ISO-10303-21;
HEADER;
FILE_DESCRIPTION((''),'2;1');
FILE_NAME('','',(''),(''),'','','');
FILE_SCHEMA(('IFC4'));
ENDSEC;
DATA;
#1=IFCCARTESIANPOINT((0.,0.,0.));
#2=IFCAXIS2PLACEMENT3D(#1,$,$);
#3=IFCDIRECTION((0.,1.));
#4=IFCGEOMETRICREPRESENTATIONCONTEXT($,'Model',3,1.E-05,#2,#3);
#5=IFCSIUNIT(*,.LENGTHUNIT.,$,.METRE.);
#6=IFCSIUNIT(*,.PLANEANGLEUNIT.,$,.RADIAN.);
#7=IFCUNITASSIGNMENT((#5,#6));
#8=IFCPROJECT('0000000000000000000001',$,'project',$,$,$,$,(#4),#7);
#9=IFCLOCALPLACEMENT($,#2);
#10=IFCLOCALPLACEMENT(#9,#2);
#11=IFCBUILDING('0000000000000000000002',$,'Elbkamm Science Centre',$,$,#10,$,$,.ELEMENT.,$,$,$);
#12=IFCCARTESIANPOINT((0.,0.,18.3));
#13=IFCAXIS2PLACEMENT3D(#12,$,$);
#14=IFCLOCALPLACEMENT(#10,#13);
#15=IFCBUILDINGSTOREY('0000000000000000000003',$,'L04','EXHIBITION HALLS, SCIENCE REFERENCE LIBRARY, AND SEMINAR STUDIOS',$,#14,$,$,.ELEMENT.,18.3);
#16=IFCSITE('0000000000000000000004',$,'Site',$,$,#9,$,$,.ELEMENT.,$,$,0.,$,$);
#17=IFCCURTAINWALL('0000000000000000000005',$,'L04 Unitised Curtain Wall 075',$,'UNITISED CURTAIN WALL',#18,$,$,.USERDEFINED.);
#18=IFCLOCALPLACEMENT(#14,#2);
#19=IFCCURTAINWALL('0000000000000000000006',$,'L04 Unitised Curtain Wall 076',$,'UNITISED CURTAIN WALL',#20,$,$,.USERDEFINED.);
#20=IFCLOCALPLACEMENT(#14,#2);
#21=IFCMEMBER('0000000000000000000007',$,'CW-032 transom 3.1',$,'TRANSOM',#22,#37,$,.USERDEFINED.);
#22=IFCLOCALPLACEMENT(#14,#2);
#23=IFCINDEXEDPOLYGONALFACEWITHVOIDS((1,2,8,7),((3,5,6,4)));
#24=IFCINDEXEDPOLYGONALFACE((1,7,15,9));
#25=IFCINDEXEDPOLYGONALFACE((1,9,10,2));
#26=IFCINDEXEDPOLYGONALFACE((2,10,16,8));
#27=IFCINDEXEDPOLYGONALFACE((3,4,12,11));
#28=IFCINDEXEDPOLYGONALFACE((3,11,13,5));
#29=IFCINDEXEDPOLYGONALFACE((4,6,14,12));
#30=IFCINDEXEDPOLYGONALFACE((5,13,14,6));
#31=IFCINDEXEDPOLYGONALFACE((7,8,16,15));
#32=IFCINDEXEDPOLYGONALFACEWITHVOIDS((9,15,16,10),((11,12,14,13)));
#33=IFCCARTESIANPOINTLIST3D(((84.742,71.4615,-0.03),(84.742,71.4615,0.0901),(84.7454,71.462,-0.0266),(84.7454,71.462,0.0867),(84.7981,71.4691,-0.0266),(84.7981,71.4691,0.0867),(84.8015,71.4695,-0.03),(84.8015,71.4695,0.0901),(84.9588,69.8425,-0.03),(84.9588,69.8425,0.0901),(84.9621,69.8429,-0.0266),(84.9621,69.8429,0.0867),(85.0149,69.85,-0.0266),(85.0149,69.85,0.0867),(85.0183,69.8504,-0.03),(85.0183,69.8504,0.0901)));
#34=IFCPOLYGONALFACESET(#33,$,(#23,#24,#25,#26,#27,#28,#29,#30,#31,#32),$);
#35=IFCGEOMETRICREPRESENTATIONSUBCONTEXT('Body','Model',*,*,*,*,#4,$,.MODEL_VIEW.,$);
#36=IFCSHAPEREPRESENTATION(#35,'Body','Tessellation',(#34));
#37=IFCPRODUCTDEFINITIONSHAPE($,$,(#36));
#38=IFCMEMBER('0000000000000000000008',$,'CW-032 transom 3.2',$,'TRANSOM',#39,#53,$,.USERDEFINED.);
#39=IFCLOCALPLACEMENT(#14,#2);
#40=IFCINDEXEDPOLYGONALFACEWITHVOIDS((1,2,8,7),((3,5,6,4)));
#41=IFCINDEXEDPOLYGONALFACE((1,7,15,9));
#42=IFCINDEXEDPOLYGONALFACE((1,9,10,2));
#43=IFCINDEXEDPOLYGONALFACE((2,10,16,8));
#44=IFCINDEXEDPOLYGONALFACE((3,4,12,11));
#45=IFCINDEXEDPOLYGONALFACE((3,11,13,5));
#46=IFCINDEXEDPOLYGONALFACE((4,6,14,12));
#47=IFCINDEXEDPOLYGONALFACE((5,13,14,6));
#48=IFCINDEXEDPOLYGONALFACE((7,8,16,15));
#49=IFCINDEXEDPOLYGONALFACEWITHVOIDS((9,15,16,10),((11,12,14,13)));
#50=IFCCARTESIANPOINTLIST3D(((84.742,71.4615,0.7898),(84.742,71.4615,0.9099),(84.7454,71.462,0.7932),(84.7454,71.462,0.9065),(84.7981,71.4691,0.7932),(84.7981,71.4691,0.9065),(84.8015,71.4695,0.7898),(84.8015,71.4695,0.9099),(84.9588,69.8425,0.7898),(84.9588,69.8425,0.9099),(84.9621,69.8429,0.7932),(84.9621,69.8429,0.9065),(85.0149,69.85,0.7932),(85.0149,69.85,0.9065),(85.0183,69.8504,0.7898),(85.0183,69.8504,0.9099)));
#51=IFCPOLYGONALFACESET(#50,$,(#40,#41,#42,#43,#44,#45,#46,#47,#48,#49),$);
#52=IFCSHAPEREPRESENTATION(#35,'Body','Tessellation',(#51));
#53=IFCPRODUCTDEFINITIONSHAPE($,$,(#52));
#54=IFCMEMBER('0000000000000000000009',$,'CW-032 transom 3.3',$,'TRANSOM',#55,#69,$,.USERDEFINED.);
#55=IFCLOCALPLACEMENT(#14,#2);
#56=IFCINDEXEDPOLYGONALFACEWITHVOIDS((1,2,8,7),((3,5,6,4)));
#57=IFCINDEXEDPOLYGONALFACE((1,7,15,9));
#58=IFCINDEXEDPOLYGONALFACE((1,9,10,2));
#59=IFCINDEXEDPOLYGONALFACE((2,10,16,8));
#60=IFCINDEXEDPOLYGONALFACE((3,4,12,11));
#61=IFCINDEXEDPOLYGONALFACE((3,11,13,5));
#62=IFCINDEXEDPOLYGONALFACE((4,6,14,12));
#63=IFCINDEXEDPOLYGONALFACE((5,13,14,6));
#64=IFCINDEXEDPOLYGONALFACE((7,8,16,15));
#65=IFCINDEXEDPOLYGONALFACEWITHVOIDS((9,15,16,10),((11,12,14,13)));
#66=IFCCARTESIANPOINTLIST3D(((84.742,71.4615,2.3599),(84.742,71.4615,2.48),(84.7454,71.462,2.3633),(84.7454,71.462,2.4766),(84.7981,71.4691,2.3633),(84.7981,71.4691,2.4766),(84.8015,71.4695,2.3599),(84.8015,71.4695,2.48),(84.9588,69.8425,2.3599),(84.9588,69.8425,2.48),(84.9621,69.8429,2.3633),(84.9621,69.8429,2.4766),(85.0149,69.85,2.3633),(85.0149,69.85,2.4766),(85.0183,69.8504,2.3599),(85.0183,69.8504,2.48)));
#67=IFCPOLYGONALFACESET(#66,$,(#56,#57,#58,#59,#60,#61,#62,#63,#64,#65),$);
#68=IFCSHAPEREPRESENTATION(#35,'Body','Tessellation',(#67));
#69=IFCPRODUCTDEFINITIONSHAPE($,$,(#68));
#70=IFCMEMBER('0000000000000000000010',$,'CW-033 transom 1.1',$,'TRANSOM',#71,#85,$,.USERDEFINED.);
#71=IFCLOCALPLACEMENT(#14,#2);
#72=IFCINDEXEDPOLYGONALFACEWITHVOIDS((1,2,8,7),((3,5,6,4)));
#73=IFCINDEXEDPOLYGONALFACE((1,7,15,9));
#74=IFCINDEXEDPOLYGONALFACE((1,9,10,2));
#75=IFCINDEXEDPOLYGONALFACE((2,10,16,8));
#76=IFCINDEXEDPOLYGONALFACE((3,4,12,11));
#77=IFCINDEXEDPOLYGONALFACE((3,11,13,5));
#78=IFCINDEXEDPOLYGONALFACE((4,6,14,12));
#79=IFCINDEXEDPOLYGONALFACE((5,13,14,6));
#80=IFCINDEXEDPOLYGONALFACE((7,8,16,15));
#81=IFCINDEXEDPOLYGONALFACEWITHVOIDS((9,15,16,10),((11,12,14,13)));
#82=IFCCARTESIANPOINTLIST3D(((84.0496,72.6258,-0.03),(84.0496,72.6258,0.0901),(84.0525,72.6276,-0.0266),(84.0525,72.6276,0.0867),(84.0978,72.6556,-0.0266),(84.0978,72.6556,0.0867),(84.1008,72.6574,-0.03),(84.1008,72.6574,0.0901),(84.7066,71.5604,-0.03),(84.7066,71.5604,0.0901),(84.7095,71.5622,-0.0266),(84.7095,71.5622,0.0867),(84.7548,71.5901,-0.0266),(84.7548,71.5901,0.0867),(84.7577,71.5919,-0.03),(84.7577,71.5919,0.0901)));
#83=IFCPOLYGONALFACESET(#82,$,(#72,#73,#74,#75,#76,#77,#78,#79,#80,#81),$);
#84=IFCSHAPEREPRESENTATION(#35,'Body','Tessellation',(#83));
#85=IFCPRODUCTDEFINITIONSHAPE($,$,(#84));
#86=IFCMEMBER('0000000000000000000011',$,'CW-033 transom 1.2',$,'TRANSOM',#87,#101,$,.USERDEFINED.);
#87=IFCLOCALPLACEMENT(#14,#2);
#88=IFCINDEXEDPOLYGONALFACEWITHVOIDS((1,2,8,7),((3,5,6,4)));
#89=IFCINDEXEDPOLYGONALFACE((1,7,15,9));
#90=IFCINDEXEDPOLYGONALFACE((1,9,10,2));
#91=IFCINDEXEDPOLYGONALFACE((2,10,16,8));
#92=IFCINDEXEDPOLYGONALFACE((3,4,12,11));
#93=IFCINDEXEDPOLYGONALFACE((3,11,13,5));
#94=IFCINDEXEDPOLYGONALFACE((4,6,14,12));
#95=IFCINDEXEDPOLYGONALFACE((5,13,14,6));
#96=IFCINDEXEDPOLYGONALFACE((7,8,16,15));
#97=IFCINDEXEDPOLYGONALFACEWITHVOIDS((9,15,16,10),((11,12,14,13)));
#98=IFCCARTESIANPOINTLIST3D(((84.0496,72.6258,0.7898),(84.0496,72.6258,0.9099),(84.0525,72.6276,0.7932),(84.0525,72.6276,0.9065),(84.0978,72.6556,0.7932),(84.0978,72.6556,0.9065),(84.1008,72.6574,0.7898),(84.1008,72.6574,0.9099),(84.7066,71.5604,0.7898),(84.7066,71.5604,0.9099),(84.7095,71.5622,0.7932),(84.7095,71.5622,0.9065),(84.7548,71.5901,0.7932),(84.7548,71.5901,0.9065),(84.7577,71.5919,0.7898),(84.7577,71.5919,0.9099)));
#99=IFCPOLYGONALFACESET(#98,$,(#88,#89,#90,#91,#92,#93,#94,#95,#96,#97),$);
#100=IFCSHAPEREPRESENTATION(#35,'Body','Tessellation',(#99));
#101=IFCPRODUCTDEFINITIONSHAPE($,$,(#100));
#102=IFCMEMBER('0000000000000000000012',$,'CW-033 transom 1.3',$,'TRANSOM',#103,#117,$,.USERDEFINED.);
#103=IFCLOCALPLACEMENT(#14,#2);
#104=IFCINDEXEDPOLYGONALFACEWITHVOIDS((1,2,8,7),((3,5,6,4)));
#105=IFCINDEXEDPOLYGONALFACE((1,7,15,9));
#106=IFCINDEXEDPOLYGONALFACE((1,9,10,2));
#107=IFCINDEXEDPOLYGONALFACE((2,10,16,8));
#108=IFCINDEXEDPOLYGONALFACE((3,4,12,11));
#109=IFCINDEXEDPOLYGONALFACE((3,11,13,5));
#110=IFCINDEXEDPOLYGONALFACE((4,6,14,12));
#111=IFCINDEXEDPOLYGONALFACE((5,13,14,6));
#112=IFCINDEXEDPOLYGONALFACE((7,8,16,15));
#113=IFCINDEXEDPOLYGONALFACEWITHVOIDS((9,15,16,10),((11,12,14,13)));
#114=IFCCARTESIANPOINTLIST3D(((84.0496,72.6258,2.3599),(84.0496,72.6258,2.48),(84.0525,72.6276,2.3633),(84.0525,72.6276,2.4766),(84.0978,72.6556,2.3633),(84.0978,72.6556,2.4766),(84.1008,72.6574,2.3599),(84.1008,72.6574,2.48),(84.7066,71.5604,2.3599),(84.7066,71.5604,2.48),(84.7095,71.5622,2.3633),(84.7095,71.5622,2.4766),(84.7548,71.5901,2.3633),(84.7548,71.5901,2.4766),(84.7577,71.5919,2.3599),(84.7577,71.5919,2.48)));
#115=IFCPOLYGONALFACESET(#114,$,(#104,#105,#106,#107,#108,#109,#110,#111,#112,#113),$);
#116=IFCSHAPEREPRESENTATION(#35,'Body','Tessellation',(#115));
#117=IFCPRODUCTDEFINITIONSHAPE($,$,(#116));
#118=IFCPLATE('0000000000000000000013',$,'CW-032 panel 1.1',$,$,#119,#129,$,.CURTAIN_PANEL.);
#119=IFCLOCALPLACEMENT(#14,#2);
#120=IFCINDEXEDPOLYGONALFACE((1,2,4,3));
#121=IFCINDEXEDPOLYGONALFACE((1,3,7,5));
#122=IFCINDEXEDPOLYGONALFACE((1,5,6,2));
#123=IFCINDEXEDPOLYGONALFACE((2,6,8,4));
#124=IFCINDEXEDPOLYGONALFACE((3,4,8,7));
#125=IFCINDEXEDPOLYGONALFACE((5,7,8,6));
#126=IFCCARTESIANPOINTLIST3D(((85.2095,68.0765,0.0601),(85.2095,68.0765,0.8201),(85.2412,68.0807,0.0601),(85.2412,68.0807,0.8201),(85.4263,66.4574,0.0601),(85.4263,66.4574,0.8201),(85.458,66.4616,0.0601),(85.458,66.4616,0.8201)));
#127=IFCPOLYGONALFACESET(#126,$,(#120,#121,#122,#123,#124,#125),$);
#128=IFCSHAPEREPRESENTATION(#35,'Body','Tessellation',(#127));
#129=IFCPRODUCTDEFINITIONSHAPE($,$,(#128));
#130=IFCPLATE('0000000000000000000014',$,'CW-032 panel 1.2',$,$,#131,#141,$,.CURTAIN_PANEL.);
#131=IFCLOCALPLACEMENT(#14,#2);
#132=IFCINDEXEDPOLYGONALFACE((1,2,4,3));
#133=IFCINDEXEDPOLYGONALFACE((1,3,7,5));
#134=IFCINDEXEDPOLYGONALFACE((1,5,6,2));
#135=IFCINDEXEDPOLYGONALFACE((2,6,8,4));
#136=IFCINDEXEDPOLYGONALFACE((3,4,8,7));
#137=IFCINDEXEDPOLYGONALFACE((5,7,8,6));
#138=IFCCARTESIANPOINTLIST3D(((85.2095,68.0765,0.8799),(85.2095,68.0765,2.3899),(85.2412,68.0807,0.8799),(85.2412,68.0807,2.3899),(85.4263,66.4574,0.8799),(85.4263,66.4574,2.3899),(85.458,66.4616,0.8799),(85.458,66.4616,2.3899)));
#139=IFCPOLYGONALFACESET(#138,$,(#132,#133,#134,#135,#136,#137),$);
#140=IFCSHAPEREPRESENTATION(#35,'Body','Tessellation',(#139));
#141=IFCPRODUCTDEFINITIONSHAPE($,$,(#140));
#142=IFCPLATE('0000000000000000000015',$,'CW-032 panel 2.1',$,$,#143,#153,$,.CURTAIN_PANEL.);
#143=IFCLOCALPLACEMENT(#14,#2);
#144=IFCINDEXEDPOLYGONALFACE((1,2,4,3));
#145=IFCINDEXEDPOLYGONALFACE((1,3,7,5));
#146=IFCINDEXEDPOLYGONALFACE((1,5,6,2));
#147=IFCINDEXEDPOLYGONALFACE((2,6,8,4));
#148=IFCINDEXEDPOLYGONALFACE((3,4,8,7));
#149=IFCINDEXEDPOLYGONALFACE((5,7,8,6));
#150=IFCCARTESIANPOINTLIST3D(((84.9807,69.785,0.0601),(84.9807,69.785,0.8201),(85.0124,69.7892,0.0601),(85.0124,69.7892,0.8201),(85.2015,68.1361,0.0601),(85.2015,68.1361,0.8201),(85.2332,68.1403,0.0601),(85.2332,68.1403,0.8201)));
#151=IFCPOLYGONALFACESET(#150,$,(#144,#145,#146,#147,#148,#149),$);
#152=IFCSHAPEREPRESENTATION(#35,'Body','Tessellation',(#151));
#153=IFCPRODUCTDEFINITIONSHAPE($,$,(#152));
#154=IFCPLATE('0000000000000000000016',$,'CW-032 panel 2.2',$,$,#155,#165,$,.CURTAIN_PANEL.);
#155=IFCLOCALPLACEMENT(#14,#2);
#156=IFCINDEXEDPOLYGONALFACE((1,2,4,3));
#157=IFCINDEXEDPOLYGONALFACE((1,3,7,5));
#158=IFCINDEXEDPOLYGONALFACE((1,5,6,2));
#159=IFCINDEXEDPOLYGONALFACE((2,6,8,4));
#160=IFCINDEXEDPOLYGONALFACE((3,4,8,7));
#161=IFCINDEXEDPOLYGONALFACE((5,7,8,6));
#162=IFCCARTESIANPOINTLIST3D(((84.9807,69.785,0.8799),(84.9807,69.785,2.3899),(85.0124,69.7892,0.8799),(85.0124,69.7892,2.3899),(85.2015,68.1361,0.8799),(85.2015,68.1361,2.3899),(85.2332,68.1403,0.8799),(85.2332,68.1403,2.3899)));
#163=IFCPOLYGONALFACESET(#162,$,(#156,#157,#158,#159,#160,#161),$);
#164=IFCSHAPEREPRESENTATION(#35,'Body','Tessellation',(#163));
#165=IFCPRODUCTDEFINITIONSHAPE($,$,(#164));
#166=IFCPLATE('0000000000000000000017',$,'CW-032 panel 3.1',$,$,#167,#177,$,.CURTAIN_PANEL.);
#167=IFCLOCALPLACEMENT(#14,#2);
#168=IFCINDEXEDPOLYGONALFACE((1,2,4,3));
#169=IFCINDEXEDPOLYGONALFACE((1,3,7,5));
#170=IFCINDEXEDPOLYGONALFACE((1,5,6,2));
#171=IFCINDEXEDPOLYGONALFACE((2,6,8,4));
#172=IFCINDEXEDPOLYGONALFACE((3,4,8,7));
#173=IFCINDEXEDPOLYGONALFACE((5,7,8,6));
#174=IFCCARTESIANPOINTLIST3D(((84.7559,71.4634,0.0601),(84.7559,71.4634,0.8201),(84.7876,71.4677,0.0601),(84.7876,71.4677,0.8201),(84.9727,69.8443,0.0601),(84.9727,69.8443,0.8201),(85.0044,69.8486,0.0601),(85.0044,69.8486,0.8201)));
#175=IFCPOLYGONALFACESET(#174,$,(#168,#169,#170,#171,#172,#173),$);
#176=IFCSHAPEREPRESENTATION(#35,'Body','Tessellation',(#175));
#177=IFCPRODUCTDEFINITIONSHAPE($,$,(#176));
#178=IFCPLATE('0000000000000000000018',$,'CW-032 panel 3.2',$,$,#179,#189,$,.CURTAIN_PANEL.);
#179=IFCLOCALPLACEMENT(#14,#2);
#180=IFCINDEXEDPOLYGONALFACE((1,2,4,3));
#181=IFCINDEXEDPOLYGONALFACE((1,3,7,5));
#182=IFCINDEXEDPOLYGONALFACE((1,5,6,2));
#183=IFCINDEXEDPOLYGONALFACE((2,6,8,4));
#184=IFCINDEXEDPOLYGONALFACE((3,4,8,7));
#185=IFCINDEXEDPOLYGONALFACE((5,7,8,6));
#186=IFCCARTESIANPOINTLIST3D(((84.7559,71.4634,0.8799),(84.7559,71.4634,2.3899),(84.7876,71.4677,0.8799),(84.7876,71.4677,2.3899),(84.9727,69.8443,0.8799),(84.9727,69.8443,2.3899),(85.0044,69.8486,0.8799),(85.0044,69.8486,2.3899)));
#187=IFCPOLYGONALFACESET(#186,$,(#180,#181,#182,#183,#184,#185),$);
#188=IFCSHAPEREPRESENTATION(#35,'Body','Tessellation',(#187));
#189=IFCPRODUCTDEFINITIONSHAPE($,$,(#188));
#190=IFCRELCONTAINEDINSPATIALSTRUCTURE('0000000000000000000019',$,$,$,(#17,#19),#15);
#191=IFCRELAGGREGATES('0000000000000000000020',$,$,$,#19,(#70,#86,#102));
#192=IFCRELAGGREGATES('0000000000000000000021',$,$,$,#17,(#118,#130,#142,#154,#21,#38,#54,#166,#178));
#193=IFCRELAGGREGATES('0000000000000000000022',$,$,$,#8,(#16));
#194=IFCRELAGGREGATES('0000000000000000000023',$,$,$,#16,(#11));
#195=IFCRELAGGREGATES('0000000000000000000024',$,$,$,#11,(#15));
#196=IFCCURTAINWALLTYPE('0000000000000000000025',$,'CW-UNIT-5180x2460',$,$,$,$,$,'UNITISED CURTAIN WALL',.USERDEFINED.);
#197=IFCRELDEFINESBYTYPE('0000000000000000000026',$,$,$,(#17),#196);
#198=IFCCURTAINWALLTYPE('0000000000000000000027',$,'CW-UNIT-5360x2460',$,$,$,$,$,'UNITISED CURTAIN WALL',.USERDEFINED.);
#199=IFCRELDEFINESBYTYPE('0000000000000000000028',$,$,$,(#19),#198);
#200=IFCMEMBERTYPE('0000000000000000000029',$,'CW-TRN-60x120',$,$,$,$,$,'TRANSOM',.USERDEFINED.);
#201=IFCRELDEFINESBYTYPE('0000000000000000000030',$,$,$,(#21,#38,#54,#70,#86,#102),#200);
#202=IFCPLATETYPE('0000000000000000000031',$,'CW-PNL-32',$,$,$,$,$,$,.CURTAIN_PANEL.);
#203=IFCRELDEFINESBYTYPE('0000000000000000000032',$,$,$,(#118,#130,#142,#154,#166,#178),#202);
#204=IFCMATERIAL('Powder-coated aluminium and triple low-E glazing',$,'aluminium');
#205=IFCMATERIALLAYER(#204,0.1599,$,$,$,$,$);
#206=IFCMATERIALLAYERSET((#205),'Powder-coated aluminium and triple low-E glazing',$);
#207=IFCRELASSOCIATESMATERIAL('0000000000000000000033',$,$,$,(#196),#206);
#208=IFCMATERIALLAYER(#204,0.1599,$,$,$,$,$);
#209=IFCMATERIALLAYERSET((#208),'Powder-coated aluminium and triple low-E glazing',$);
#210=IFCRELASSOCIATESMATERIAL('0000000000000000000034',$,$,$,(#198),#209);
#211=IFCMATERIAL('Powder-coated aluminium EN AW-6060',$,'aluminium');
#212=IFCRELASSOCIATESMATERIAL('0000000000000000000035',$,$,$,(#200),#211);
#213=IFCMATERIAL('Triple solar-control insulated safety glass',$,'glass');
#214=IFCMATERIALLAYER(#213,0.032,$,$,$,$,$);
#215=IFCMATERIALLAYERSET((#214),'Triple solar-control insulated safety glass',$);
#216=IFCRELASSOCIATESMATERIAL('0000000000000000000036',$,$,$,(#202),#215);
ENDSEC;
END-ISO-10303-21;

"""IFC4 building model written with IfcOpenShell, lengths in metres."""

from ifc_helpers import new_model, si_unit, direction, frame, origin, origin_2d, place, context, subcontext, project, spatial, rectangle, hollow_rectangle, extrude, material, layer, layer_set, material_profile, profile_set, type_object, element, aggregate, save


model = new_model("IFC4")

# Units and contexts
model_context = context("Model", 3, precision=1e-05, world=origin(), true_north=direction((0.0, 1.0)))
body_context = subcontext(model_context, "Body", "Model", "MODEL_VIEW")
ifc_project = project(units=[si_unit("LENGTHUNIT", "METRE"), si_unit("PLANEANGLEUNIT", "RADIAN")], contexts=[model_context])

# Site, building, storey
site_placement = place(None, origin())
site = spatial("IfcSite", under=ifc_project, at=site_placement, Name="Site", CompositionType="ELEMENT", RefElevation=0.0)
building_placement = place(site_placement, origin())
building = spatial("IfcBuilding", under=site, at=building_placement, Name="Elbkamm Science Centre", CompositionType="ELEMENT")
storey_placement = place(building_placement, frame((0.0, 0.0, 18.3)))
storey = spatial("IfcBuildingStorey", under=building, at=storey_placement, Name="L04", Description="EXHIBITION HALLS, SCIENCE REFERENCE LIBRARY, AND SEMINAR STUDIOS", CompositionType="ELEMENT", Elevation=18.3)

# Curtain wall
ifc_material_1 = material(Name="Powder-coated aluminium and triple low-E glazing", Category="aluminium")
ifc_layer_1 = layer(ifc_material_1, 0.1599)
ifc_layer_set_1 = layer_set([ifc_layer_1], Name="Powder-coated aluminium and triple low-E glazing")
curtain_wall_type_1 = type_object("IfcCurtainWallType", Name="CW-UNIT-5180x2460", ElementType="UNITISED CURTAIN WALL", PredefinedType="USERDEFINED", material=ifc_layer_set_1)
curtain_wall_1_placement = place(storey_placement, origin())
curtain_wall_1 = element("IfcCurtainWall", 1, at=curtain_wall_1_placement, inside=storey, type_object=curtain_wall_type_1, Name="L04 Unitised Curtain Wall 075", ObjectType="UNITISED CURTAIN WALL", PredefinedType="USERDEFINED")
ifc_material_2 = material(Name="Powder-coated aluminium EN AW-6060", Category="aluminium")

# Curtain wall
ifc_layer_2 = layer(ifc_material_1, 0.1599)
ifc_layer_set_2 = layer_set([ifc_layer_2], Name="Powder-coated aluminium and triple low-E glazing")
curtain_wall_type_2 = type_object("IfcCurtainWallType", Name="CW-UNIT-5360x2460", ElementType="UNITISED CURTAIN WALL", PredefinedType="USERDEFINED", material=ifc_layer_set_2)
curtain_wall_2_placement = place(storey_placement, origin())
curtain_wall_2 = element("IfcCurtainWall", 2, at=curtain_wall_2_placement, inside=storey, type_object=curtain_wall_type_2, Name="L04 Unitised Curtain Wall 076", ObjectType="UNITISED CURTAIN WALL", PredefinedType="USERDEFINED")

# Members
ifc_material_profile_1 = material_profile(ifc_material_2, hollow_rectangle(XDim=0.0601, YDim=0.1201, WallThickness=0.0034, at=origin_2d()), Name="ALU T60x120")
ifc_profile_set_1 = profile_set([ifc_material_profile_1], Name="Powder-coated aluminium EN AW-6060")
member_type_1 = type_object("IfcMemberType", Name="CW-TRN-60x120", ElementType="TRANSOM", PredefinedType="USERDEFINED", material=ifc_profile_set_1)
member_1_placement = place(storey_placement, frame((84.9885, 69.8464, 0.03), z_axis=(-0.132712, 0.991155, 0.0), x_axis=(-0.991155, -0.132712, 0.0)))
member_1 = element("IfcMember", 3, at=member_1_placement, type_object=member_type_1, Name="CW-032 transom 3.1", ObjectType="TRANSOM", PredefinedType="USERDEFINED", context=body_context, shape_type="SweptSolid", body=[
    extrude(hollow_rectangle(XDim=0.0601, YDim=0.1201, WallThickness=0.0034, at=origin_2d()), origin(), (0.0, 0.0, 1.0), 1.6335),
])
member_2_placement = place(storey_placement, frame((84.9885, 69.8464, 0.8499), z_axis=(-0.132712, 0.991155, 0.0), x_axis=(-0.991155, -0.132712, 0.0)))
member_2 = element("IfcMember", 4, at=member_2_placement, type_object=member_type_1, Name="CW-032 transom 3.2", ObjectType="TRANSOM", PredefinedType="USERDEFINED", context=body_context, shape_type="SweptSolid", body=[
    extrude(hollow_rectangle(XDim=0.0601, YDim=0.1201, WallThickness=0.0034, at=origin_2d()), origin(), (0.0, 0.0, 1.0), 1.6335),
])
member_3_placement = place(storey_placement, frame((84.9885, 69.8464, 2.4199), z_axis=(-0.132712, 0.991155, 0.0), x_axis=(-0.991155, -0.132712, 0.0)))
member_3 = element("IfcMember", 5, at=member_3_placement, type_object=member_type_1, Name="CW-032 transom 3.3", ObjectType="TRANSOM", PredefinedType="USERDEFINED", context=body_context, shape_type="SweptSolid", body=[
    extrude(hollow_rectangle(XDim=0.0601, YDim=0.1201, WallThickness=0.0034, at=origin_2d()), origin(), (0.0, 0.0, 1.0), 1.6335),
])
member_4_placement = place(storey_placement, frame((84.7322, 71.5762, 0.03), z_axis=(-0.52487, 0.851182, 0.0), x_axis=(-0.851182, -0.52487, 0.0)))
member_4 = element("IfcMember", 6, at=member_4_placement, type_object=member_type_1, Name="CW-033 transom 1.1", ObjectType="TRANSOM", PredefinedType="USERDEFINED", context=body_context, shape_type="SweptSolid", body=[
    extrude(hollow_rectangle(XDim=0.0601, YDim=0.1201, WallThickness=0.0034, at=origin_2d()), origin(), (0.0, 0.0, 1.0), 1.2517),
])
member_5_placement = place(storey_placement, frame((84.7322, 71.5762, 0.8499), z_axis=(-0.52487, 0.851182, 0.0), x_axis=(-0.851182, -0.52487, 0.0)))
member_5 = element("IfcMember", 7, at=member_5_placement, type_object=member_type_1, Name="CW-033 transom 1.2", ObjectType="TRANSOM", PredefinedType="USERDEFINED", context=body_context, shape_type="SweptSolid", body=[
    extrude(hollow_rectangle(XDim=0.0601, YDim=0.1201, WallThickness=0.0034, at=origin_2d()), origin(), (0.0, 0.0, 1.0), 1.2517),
])
member_6_placement = place(storey_placement, frame((84.7322, 71.5762, 2.4199), z_axis=(-0.52487, 0.851182, 0.0), x_axis=(-0.851182, -0.52487, 0.0)))
member_6 = element("IfcMember", 8, at=member_6_placement, type_object=member_type_1, Name="CW-033 transom 1.3", ObjectType="TRANSOM", PredefinedType="USERDEFINED", context=body_context, shape_type="SweptSolid", body=[
    extrude(hollow_rectangle(XDim=0.0601, YDim=0.1201, WallThickness=0.0034, at=origin_2d()), origin(), (0.0, 0.0, 1.0), 1.2517),
])
aggregate(curtain_wall_2, [member_4, member_5, member_6])

# Plates
ifc_material_3 = material(Name="Triple solar-control insulated safety glass", Category="glass")
ifc_layer_3 = layer(ifc_material_3, 0.032)
ifc_layer_set_3 = layer_set([ifc_layer_3], Name="Triple solar-control insulated safety glass")
plate_type = type_object("IfcPlateType", Name="CW-PNL-32", PredefinedType="CURTAIN_PANEL", material=ifc_layer_set_3)
plate_1_placement = place(storey_placement, frame((85.3337, 67.269, 0.0601), z_axis=(0.0, 0.0, 1.0), x_axis=(-0.132725, 0.991153, 0.0)))
plate_1 = element("IfcPlate", 9, at=plate_1_placement, type_object=plate_type, Name="CW-032 panel 1.1", PredefinedType="CURTAIN_PANEL", context=body_context, shape_type="SweptSolid", body=[
    extrude(rectangle(XDim=1.6335, YDim=0.032, at=origin_2d()), origin(), (0.0, 0.0, 1.0), 0.76),
])
plate_2_placement = place(storey_placement, frame((85.3337, 67.269, 0.8799), z_axis=(0.0, 0.0, 1.0), x_axis=(-0.132725, 0.991153, 0.0)))
plate_2 = element("IfcPlate", 10, at=plate_2_placement, type_object=plate_type, Name="CW-032 panel 1.2", PredefinedType="CURTAIN_PANEL", context=body_context, shape_type="SweptSolid", body=[
    extrude(rectangle(XDim=1.6335, YDim=0.032, at=origin_2d()), origin(), (0.0, 0.0, 1.0), 1.51),
])
plate_3_placement = place(storey_placement, frame((85.1069, 68.9626, 0.0601), z_axis=(0.0, 0.0, 1.0), x_axis=(-0.132725, 0.991153, 0.0)))
plate_3 = element("IfcPlate", 11, at=plate_3_placement, type_object=plate_type, Name="CW-032 panel 2.1", PredefinedType="CURTAIN_PANEL", context=body_context, shape_type="SweptSolid", body=[
    extrude(rectangle(XDim=1.6636, YDim=0.032, at=origin_2d()), origin(), (0.0, 0.0, 1.0), 0.76),
])
plate_4_placement = place(storey_placement, frame((85.1069, 68.9626, 0.8799), z_axis=(0.0, 0.0, 1.0), x_axis=(-0.132725, 0.991153, 0.0)))
plate_4 = element("IfcPlate", 12, at=plate_4_placement, type_object=plate_type, Name="CW-032 panel 2.2", PredefinedType="CURTAIN_PANEL", context=body_context, shape_type="SweptSolid", body=[
    extrude(rectangle(XDim=1.6636, YDim=0.032, at=origin_2d()), origin(), (0.0, 0.0, 1.0), 1.51),
])
plate_5_placement = place(storey_placement, frame((84.8801, 70.656, 0.0601), z_axis=(0.0, 0.0, 1.0), x_axis=(-0.132725, 0.991153, 0.0)))
plate_5 = element("IfcPlate", 13, at=plate_5_placement, type_object=plate_type, Name="CW-032 panel 3.1", PredefinedType="CURTAIN_PANEL", context=body_context, shape_type="SweptSolid", body=[
    extrude(rectangle(XDim=1.6335, YDim=0.032, at=origin_2d()), origin(), (0.0, 0.0, 1.0), 0.76),
])
plate_6_placement = place(storey_placement, frame((84.8801, 70.656, 0.8799), z_axis=(0.0, 0.0, 1.0), x_axis=(-0.132725, 0.991153, 0.0)))
plate_6 = element("IfcPlate", 14, at=plate_6_placement, type_object=plate_type, Name="CW-032 panel 3.2", PredefinedType="CURTAIN_PANEL", context=body_context, shape_type="SweptSolid", body=[
    extrude(rectangle(XDim=1.6335, YDim=0.032, at=origin_2d()), origin(), (0.0, 0.0, 1.0), 1.51),
])
aggregate(curtain_wall_1, [plate_1, plate_2, plate_3, plate_4, member_1, member_2, member_3, plate_5, plate_6])

save(model, "model.ifc")
